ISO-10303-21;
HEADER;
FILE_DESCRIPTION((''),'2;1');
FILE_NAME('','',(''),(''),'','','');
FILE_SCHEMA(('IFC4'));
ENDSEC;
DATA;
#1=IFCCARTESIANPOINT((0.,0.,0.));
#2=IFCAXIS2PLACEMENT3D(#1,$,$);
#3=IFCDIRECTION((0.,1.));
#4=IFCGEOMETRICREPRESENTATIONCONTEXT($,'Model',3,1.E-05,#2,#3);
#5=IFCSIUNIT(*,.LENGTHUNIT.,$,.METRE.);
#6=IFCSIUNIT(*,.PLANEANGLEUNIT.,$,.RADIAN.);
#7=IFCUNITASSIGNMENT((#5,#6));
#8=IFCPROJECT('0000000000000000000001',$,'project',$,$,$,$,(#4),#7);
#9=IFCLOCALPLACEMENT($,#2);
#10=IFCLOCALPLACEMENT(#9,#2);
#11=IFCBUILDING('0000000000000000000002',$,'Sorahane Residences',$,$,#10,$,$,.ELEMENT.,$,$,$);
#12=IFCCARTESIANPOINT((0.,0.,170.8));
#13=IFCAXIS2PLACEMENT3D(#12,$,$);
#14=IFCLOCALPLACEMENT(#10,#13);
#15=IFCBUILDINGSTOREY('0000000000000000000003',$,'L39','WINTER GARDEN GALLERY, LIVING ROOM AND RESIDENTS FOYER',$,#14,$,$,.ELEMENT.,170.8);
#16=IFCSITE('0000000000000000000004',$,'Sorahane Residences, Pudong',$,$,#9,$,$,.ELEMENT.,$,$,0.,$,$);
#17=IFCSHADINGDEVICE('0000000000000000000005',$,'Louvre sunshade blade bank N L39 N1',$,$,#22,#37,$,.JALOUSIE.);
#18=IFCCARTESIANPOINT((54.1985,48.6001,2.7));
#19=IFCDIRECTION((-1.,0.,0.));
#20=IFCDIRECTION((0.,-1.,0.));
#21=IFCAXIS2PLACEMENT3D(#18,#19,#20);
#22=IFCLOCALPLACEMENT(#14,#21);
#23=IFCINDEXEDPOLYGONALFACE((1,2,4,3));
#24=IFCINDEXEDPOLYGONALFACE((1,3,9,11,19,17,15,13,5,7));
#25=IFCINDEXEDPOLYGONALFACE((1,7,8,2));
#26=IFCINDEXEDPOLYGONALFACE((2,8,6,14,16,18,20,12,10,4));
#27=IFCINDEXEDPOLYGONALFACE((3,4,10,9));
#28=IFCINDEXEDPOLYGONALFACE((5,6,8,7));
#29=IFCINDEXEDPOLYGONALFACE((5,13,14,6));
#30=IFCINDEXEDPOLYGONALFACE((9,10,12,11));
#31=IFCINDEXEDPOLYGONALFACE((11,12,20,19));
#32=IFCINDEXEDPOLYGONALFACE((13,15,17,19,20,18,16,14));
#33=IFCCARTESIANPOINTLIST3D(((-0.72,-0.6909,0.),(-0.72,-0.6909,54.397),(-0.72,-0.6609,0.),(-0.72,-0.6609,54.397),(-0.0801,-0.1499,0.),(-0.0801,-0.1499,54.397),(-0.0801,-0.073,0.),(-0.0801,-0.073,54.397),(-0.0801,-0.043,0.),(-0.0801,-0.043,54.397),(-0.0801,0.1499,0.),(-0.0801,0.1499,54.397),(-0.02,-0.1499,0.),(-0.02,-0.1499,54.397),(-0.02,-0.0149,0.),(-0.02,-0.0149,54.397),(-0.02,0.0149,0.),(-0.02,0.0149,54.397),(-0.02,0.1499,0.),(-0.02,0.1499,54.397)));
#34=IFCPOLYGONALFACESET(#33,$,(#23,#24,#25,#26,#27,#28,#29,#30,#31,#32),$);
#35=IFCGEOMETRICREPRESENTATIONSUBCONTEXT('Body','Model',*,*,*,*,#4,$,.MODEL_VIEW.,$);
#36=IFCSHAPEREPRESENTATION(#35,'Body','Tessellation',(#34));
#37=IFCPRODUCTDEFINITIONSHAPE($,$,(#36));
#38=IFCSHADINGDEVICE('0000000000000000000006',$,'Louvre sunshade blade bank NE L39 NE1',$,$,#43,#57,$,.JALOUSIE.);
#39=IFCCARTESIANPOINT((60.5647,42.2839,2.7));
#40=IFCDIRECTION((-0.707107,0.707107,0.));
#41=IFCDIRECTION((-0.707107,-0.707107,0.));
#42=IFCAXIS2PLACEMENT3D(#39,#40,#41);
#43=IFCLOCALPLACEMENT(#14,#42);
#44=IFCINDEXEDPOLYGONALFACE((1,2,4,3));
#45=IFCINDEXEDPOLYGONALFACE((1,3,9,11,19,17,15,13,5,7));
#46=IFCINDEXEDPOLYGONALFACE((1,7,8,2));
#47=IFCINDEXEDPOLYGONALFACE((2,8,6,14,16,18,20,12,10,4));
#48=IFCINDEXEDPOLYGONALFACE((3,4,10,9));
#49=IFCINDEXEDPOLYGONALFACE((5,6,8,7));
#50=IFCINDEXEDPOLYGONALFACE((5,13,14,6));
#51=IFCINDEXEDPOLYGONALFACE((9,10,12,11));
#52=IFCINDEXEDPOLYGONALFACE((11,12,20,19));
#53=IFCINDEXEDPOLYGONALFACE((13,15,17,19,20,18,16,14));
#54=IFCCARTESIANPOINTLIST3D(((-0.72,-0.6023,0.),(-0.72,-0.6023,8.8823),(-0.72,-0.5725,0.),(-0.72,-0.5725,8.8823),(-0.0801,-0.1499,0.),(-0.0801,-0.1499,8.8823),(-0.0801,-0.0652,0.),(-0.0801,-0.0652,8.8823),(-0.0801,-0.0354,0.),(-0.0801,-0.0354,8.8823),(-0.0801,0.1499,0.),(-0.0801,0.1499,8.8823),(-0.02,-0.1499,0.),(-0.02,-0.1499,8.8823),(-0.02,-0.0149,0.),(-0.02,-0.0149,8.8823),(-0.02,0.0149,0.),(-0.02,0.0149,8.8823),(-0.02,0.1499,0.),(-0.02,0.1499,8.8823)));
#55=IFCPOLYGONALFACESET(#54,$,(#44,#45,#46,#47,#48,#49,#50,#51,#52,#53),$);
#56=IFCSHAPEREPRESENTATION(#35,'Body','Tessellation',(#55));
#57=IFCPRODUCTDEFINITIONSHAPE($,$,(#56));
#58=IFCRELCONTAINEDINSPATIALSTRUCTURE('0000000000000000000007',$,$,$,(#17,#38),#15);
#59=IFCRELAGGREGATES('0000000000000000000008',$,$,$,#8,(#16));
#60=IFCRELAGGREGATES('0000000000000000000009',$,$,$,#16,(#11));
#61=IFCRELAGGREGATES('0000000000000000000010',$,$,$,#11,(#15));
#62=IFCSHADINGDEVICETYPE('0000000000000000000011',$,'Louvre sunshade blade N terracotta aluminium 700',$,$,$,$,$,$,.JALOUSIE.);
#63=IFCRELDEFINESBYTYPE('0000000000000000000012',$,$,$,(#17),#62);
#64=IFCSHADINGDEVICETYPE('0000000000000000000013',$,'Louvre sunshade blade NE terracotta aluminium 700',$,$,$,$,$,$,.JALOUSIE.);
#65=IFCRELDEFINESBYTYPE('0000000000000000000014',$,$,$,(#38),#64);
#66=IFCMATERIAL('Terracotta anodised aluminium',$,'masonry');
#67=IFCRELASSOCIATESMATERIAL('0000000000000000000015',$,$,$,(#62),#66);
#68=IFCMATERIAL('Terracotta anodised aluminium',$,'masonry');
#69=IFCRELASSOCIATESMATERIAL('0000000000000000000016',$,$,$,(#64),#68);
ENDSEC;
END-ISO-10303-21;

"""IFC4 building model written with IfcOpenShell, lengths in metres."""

from ifc_helpers import new_model, si_unit, direction, frame, origin, place, context, subcontext, project, spatial, polyline, outline, extrude, material, type_object, element, save


model = new_model("IFC4")

# Units and contexts
model_context = context("Model", 3, precision=1e-05, world=origin(), true_north=direction((0.0, 1.0)))
body_context = subcontext(model_context, "Body", "Model", "MODEL_VIEW")
ifc_project = project(units=[si_unit("LENGTHUNIT", "METRE"), si_unit("PLANEANGLEUNIT", "RADIAN")], contexts=[model_context])

# Site, building, storey
site_placement = place(None, origin())
site = spatial("IfcSite", under=ifc_project, at=site_placement, Name="Sorahane Residences, Pudong", CompositionType="ELEMENT", RefElevation=0.0)
building_placement = place(site_placement, origin())
building = spatial("IfcBuilding", under=site, at=building_placement, Name="Sorahane Residences", CompositionType="ELEMENT")
storey_placement = place(building_placement, frame((0.0, 0.0, 170.8)))
storey = spatial("IfcBuildingStorey", under=building, at=storey_placement, Name="L39", Description="WINTER GARDEN GALLERY, LIVING ROOM AND RESIDENTS FOYER", CompositionType="ELEMENT", Elevation=170.8)

# Shading devices
ifc_material_1 = material(Name="Terracotta anodised aluminium", Category="masonry")
shading_device_type_1 = type_object("IfcShadingDeviceType", Name="Louvre sunshade blade N terracotta aluminium 700", PredefinedType="JALOUSIE", material=ifc_material_1)
shading_device_1_placement = place(storey_placement, frame((54.1985, 48.6001, 2.7), z_axis=(-1.0, 0.0, 0.0), x_axis=(0.0, -1.0, 0.0)))
element("IfcShadingDevice", 1, at=shading_device_1_placement, inside=storey, type_object=shading_device_type_1, Name="Louvre sunshade blade bank N L39 N1", PredefinedType="JALOUSIE", context=body_context, shape_type="SweptSolid", body=[
    extrude(outline(polyline([(-0.72, -0.6609), (-0.72, -0.6909), (-0.0801, -0.073), (-0.0801, -0.1499), (-0.02, -0.1499), (-0.02, -0.0149), (-0.02, 0.0149), (-0.02, 0.1499), (-0.0801, 0.1499), (-0.0801, -0.043), (-0.72, -0.6609)])), origin(), (0.0, 0.0, 1.0), 54.397),
])
ifc_material_2 = material(Name="Terracotta anodised aluminium", Category="masonry")
shading_device_type_2 = type_object("IfcShadingDeviceType", Name="Louvre sunshade blade NE terracotta aluminium 700", PredefinedType="JALOUSIE", material=ifc_material_2)
shading_device_2_placement = place(storey_placement, frame((60.5647, 42.2839, 2.7), z_axis=(-0.707107, 0.707107, 0.0), x_axis=(-0.707107, -0.707107, 0.0)))
element("IfcShadingDevice", 2, at=shading_device_2_placement, inside=storey, type_object=shading_device_type_2, Name="Louvre sunshade blade bank NE L39 NE1", PredefinedType="JALOUSIE", context=body_context, shape_type="SweptSolid", body=[
    extrude(outline(polyline([(-0.72, -0.5725), (-0.72, -0.6023), (-0.0801, -0.0652), (-0.0801, -0.1499), (-0.02, -0.1499), (-0.02, -0.0149), (-0.02, 0.0149), (-0.02, 0.1499), (-0.0801, 0.1499), (-0.0801, -0.0354), (-0.72, -0.5725)])), origin(), (0.0, 0.0, 1.0), 8.8823),
])

save(model, "model.ifc")
